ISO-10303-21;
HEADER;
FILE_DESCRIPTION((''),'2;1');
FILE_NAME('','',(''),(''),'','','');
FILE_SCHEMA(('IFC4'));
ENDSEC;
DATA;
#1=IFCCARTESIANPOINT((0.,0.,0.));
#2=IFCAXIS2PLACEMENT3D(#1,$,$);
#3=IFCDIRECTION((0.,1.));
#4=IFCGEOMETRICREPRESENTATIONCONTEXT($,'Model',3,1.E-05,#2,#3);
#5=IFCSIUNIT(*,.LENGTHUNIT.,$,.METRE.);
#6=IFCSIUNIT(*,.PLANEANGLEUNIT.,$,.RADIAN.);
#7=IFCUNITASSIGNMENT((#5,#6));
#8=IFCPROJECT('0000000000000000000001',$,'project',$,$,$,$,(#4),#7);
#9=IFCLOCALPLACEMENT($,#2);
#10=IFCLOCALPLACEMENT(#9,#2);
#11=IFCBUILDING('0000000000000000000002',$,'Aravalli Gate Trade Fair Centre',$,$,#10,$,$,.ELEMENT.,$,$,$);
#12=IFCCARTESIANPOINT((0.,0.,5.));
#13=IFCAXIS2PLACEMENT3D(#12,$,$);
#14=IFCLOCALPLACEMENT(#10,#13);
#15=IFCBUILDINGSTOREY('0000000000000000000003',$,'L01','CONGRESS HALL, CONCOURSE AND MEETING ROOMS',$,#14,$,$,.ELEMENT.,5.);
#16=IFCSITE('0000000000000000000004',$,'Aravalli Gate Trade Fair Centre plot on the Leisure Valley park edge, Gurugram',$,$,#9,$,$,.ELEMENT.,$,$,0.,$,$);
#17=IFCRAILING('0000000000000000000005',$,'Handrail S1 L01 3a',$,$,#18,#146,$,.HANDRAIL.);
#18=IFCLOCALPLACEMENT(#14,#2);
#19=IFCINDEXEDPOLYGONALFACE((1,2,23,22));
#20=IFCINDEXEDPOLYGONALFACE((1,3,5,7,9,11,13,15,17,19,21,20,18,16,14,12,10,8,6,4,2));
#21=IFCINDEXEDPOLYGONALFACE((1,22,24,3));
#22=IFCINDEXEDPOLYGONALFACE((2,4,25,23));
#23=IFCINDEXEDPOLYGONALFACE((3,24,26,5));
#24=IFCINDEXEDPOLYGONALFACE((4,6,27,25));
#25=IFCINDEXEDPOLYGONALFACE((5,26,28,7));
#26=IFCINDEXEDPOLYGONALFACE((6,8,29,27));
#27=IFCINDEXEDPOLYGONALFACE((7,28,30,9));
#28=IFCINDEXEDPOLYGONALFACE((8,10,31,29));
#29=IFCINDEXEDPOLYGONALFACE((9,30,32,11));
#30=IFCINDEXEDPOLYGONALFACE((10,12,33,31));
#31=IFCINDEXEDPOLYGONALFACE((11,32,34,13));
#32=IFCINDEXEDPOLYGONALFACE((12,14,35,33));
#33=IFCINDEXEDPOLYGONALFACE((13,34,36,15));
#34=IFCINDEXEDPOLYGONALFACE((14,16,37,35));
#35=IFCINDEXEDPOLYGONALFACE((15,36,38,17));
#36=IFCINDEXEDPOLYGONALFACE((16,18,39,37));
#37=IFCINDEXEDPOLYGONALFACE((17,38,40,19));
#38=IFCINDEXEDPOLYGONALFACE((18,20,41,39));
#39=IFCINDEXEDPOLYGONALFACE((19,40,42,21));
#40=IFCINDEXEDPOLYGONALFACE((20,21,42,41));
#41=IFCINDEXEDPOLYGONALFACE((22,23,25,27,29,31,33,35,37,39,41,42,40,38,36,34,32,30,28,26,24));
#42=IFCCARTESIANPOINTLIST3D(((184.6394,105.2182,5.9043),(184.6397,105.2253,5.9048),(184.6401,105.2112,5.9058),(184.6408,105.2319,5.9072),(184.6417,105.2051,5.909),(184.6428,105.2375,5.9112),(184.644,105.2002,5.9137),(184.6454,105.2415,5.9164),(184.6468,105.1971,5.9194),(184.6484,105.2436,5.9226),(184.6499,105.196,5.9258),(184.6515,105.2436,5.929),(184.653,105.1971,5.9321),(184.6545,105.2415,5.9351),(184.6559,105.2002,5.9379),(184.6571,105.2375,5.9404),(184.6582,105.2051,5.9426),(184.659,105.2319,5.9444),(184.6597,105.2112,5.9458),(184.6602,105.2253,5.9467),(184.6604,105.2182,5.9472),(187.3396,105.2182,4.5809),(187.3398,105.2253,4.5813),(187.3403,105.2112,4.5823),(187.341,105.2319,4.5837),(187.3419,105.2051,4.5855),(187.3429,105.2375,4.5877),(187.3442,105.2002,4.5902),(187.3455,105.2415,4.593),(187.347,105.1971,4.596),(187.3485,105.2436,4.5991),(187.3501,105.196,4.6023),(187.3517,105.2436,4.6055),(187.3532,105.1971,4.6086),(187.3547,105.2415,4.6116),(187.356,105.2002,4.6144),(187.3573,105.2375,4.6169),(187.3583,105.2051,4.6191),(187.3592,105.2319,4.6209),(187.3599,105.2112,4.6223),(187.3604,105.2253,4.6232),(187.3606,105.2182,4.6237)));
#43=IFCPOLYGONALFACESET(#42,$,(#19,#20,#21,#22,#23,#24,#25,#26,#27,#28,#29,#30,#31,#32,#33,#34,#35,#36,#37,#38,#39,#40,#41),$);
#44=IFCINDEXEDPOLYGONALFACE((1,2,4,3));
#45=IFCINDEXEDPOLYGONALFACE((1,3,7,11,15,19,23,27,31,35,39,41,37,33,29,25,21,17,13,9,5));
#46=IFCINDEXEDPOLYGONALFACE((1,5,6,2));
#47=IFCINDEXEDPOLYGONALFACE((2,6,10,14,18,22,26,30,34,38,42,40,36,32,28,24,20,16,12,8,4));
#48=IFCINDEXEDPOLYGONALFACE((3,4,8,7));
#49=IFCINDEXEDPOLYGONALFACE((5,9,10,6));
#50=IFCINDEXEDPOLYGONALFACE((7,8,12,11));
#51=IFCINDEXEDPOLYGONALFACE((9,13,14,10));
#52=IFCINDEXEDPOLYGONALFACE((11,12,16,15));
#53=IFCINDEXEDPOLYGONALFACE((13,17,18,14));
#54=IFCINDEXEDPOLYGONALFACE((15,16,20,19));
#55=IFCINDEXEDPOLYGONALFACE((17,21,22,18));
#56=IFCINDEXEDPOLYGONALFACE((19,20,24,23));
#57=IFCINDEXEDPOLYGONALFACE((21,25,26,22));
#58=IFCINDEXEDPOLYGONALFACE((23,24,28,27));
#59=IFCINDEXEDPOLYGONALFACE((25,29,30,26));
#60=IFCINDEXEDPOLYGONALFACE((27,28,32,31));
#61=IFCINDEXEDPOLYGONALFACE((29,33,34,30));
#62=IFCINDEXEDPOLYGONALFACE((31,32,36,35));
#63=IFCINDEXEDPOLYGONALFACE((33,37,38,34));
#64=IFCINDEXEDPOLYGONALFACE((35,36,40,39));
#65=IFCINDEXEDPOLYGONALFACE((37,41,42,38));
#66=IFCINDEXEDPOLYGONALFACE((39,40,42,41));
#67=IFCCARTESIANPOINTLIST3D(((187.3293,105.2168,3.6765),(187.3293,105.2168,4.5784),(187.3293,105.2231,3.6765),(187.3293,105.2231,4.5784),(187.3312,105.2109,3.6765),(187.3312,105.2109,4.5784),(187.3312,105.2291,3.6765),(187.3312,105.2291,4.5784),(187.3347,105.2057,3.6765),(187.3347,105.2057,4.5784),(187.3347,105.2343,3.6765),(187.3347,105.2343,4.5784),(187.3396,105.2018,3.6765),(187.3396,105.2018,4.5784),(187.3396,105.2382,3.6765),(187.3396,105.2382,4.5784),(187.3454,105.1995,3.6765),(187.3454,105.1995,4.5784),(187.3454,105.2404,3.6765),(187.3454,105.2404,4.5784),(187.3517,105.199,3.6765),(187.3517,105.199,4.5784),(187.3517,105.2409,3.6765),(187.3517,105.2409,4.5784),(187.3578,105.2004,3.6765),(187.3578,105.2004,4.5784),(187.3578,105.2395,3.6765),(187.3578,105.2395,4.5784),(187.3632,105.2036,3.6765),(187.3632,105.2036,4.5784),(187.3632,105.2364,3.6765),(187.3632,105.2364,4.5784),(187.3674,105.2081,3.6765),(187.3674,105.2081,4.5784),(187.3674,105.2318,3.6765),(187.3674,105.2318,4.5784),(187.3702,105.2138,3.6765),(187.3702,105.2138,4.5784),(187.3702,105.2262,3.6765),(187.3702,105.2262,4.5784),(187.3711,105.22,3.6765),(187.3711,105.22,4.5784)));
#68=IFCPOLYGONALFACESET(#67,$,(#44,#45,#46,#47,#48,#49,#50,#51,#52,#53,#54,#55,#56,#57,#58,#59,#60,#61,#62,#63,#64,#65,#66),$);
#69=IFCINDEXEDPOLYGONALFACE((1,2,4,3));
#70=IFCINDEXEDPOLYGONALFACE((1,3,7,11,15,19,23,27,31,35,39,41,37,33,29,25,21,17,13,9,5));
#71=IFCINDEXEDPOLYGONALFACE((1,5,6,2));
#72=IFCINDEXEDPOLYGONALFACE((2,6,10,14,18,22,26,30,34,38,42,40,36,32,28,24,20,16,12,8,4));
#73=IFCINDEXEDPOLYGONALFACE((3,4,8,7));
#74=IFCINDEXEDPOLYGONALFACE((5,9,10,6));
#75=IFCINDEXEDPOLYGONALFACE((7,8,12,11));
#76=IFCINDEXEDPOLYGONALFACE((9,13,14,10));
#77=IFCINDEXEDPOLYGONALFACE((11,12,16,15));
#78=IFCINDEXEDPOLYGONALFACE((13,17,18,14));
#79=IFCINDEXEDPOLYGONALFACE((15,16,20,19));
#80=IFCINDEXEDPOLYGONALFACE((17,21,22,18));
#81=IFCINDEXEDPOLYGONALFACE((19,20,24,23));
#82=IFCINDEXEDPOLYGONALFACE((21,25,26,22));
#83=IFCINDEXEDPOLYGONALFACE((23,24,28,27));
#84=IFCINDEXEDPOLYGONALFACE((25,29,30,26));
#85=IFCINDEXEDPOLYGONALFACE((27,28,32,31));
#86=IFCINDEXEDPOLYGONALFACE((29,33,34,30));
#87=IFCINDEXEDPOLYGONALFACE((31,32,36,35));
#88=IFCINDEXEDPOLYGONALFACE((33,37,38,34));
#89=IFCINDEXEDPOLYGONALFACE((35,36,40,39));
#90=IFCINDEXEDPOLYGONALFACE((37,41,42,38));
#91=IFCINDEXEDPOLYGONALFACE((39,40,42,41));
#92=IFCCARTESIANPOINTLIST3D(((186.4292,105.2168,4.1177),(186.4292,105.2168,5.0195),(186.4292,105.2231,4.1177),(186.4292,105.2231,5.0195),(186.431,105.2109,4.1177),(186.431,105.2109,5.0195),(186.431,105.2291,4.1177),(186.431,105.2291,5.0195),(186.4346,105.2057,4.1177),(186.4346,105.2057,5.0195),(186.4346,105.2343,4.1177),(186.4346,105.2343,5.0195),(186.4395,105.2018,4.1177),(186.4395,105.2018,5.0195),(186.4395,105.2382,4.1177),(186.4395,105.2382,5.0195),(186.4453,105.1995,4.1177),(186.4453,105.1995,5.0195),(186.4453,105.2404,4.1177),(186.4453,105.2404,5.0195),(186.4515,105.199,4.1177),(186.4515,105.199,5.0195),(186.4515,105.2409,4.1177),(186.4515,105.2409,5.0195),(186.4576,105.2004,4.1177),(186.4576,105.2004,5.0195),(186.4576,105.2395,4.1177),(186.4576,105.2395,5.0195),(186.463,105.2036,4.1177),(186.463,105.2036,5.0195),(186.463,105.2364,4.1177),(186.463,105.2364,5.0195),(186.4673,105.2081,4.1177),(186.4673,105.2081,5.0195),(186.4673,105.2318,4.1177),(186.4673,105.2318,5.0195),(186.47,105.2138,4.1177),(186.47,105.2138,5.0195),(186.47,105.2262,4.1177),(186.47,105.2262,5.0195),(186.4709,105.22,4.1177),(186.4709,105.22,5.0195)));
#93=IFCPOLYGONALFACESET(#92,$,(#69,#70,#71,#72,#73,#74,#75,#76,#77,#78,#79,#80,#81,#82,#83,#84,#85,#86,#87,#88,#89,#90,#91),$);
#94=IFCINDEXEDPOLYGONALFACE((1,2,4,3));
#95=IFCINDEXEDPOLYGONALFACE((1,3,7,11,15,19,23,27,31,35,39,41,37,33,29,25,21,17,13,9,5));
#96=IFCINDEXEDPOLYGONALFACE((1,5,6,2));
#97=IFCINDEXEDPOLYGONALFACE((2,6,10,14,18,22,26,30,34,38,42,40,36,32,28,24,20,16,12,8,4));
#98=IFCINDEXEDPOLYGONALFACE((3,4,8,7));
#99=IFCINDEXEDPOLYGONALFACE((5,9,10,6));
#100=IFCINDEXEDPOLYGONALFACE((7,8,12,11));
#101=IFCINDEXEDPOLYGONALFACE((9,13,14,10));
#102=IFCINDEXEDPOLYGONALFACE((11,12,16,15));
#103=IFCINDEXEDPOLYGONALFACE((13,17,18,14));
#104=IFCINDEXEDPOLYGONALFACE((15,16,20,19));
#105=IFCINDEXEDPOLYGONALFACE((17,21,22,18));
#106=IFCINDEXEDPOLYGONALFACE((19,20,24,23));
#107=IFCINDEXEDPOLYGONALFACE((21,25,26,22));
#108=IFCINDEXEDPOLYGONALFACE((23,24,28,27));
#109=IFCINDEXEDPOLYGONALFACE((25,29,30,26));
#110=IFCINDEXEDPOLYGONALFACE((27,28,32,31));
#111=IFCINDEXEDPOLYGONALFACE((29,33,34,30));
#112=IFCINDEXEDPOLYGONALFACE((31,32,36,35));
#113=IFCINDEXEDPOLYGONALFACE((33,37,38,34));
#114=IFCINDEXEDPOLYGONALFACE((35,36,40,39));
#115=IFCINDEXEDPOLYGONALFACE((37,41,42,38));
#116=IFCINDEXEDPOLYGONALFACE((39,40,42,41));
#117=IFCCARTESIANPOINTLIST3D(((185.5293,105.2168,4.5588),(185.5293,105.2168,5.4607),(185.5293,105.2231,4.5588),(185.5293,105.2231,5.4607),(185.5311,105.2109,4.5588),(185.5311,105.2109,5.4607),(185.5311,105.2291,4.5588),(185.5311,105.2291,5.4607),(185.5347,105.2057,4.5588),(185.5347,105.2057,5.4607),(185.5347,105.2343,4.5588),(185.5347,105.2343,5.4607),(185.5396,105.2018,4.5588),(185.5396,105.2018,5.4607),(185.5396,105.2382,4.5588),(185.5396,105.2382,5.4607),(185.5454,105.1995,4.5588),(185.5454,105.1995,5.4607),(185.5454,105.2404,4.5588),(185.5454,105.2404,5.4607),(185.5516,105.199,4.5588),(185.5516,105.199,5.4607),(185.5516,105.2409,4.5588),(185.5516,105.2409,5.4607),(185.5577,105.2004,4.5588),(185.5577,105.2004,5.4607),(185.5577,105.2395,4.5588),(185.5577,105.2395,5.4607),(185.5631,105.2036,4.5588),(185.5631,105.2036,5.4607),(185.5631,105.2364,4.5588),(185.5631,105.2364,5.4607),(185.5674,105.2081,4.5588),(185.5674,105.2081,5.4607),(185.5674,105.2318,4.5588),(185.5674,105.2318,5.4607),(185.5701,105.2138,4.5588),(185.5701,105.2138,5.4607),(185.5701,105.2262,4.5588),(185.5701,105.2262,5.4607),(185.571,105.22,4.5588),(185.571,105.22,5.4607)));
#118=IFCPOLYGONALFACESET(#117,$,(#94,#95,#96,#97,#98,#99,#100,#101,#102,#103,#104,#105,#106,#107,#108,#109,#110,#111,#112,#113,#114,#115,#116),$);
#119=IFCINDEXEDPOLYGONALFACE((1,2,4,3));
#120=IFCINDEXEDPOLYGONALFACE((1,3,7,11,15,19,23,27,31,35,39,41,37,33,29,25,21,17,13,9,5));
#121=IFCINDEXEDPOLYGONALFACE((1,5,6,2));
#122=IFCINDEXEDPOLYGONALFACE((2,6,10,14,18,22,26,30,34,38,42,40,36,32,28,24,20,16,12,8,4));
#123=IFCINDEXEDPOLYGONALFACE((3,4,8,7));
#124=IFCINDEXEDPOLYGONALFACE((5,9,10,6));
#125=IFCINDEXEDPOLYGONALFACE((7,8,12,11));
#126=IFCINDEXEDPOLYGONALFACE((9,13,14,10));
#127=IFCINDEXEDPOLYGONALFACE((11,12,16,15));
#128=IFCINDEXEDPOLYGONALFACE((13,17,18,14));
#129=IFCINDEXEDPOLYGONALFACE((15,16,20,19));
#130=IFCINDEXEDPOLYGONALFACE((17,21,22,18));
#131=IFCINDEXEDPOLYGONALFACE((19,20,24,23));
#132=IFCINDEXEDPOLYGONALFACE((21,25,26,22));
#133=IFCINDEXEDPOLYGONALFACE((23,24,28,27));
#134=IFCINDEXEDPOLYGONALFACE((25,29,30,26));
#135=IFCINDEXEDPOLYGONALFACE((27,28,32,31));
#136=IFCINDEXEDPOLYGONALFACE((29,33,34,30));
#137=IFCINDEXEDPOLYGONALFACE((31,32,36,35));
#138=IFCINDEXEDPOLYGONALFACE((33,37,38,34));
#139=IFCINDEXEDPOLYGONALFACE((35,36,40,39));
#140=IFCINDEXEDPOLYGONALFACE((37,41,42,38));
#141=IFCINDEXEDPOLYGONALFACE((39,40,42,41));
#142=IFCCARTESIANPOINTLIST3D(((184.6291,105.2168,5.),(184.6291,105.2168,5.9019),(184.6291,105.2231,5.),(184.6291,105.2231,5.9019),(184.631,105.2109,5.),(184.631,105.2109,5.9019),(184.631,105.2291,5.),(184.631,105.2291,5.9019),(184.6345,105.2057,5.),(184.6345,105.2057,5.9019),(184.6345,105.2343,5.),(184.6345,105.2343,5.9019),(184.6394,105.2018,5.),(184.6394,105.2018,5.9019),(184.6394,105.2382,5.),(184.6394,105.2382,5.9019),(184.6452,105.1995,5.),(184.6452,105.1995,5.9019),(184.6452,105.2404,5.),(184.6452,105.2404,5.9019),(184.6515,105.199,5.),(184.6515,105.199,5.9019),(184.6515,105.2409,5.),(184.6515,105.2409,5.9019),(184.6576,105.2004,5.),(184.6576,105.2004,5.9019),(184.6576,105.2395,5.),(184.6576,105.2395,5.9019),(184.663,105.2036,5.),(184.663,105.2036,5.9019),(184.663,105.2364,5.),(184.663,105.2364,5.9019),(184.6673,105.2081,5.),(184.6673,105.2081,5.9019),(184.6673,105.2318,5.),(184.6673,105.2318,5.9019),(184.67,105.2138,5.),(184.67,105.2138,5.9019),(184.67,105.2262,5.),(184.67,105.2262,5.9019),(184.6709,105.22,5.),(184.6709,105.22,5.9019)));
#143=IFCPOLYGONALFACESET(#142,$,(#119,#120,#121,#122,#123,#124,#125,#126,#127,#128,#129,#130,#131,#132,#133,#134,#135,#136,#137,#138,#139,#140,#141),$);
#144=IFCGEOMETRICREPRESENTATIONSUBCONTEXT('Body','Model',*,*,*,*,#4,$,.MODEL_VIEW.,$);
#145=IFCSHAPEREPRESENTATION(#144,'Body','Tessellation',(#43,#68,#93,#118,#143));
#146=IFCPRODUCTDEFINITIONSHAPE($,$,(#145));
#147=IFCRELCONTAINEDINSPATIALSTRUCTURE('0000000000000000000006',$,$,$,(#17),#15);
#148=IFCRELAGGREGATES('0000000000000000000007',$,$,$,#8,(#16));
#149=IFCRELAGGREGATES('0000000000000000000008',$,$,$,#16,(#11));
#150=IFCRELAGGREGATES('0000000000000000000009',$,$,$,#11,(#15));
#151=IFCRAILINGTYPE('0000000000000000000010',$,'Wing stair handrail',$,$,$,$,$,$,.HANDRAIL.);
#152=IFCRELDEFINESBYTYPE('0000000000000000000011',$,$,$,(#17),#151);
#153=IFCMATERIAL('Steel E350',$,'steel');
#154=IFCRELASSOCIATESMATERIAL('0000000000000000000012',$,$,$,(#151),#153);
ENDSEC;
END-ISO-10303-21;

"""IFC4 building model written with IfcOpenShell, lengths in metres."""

from ifc_helpers import new_model, si_unit, direction, frame, origin, origin_2d, place, context, subcontext, project, spatial, circle, extrude, material, type_object, element, save


model = new_model("IFC4")

# Units and contexts
model_context = context("Model", 3, precision=1e-05, world=origin(), true_north=direction((0.0, 1.0)))
body_context = subcontext(model_context, "Body", "Model", "MODEL_VIEW")
ifc_project = project(units=[si_unit("LENGTHUNIT", "METRE"), si_unit("PLANEANGLEUNIT", "RADIAN")], contexts=[model_context])

# Site, building, storey
site_placement = place(None, origin())
site = spatial("IfcSite", under=ifc_project, at=site_placement, Name="Aravalli Gate Trade Fair Centre plot on the Leisure Valley park edge, Gurugram", CompositionType="ELEMENT", RefElevation=0.0)
building_placement = place(site_placement, origin())
building = spatial("IfcBuilding", under=site, at=building_placement, Name="Aravalli Gate Trade Fair Centre", CompositionType="ELEMENT")
storey_placement = place(building_placement, frame((0.0, 0.0, 5.0)))
storey = spatial("IfcBuildingStorey", under=building, at=storey_placement, Name="L01", Description="CONGRESS HALL, CONCOURSE AND MEETING ROOMS", CompositionType="ELEMENT", Elevation=5.0)

# Shared definitions
ifc_material_1 = material(Name="Steel E350", Category="steel")

# Railing
railing_type_1 = type_object("IfcRailingType", Name="Wing stair handrail", PredefinedType="HANDRAIL", material=ifc_material_1)
for number, where, name in (
    (1, (187.3501, 105.22, 3.6765), "Handrail S1 L01 3a"),
):
    element("IfcRailing", number, at=place(storey_placement, frame(where)), inside=storey, type_object=railing_type_1, Name=name, PredefinedType="HANDRAIL", context=body_context, shape_type="SweptSolid", body=[
        extrude(circle(Radius=0.0239, at=origin_2d()), frame((0.0, 0.0, 0.9258), z_axis=(-0.897939, 0.0, 0.44012), x_axis=(0.0, -1.0, 0.0)), (0.0, 0.0, 1.0), 3.0071),
        extrude(circle(Radius=0.021, at=origin_2d()), origin(), (0.0, 0.0, 1.0), 0.9019),
        extrude(circle(Radius=0.021, at=origin_2d()), frame((-0.9001, 0.0, 0.4412)), (0.0, 0.0, 1.0), 0.9019),
        extrude(circle(Radius=0.021, at=origin_2d()), frame((-1.8, 0.0, 0.8823)), (0.0, 0.0, 1.0), 0.9019),
        extrude(circle(Radius=0.021, at=origin_2d()), frame((-2.7002, 0.0, 1.3235)), (0.0, 0.0, 1.0), 0.9019),
    ])

save(model, "model.ifc")
